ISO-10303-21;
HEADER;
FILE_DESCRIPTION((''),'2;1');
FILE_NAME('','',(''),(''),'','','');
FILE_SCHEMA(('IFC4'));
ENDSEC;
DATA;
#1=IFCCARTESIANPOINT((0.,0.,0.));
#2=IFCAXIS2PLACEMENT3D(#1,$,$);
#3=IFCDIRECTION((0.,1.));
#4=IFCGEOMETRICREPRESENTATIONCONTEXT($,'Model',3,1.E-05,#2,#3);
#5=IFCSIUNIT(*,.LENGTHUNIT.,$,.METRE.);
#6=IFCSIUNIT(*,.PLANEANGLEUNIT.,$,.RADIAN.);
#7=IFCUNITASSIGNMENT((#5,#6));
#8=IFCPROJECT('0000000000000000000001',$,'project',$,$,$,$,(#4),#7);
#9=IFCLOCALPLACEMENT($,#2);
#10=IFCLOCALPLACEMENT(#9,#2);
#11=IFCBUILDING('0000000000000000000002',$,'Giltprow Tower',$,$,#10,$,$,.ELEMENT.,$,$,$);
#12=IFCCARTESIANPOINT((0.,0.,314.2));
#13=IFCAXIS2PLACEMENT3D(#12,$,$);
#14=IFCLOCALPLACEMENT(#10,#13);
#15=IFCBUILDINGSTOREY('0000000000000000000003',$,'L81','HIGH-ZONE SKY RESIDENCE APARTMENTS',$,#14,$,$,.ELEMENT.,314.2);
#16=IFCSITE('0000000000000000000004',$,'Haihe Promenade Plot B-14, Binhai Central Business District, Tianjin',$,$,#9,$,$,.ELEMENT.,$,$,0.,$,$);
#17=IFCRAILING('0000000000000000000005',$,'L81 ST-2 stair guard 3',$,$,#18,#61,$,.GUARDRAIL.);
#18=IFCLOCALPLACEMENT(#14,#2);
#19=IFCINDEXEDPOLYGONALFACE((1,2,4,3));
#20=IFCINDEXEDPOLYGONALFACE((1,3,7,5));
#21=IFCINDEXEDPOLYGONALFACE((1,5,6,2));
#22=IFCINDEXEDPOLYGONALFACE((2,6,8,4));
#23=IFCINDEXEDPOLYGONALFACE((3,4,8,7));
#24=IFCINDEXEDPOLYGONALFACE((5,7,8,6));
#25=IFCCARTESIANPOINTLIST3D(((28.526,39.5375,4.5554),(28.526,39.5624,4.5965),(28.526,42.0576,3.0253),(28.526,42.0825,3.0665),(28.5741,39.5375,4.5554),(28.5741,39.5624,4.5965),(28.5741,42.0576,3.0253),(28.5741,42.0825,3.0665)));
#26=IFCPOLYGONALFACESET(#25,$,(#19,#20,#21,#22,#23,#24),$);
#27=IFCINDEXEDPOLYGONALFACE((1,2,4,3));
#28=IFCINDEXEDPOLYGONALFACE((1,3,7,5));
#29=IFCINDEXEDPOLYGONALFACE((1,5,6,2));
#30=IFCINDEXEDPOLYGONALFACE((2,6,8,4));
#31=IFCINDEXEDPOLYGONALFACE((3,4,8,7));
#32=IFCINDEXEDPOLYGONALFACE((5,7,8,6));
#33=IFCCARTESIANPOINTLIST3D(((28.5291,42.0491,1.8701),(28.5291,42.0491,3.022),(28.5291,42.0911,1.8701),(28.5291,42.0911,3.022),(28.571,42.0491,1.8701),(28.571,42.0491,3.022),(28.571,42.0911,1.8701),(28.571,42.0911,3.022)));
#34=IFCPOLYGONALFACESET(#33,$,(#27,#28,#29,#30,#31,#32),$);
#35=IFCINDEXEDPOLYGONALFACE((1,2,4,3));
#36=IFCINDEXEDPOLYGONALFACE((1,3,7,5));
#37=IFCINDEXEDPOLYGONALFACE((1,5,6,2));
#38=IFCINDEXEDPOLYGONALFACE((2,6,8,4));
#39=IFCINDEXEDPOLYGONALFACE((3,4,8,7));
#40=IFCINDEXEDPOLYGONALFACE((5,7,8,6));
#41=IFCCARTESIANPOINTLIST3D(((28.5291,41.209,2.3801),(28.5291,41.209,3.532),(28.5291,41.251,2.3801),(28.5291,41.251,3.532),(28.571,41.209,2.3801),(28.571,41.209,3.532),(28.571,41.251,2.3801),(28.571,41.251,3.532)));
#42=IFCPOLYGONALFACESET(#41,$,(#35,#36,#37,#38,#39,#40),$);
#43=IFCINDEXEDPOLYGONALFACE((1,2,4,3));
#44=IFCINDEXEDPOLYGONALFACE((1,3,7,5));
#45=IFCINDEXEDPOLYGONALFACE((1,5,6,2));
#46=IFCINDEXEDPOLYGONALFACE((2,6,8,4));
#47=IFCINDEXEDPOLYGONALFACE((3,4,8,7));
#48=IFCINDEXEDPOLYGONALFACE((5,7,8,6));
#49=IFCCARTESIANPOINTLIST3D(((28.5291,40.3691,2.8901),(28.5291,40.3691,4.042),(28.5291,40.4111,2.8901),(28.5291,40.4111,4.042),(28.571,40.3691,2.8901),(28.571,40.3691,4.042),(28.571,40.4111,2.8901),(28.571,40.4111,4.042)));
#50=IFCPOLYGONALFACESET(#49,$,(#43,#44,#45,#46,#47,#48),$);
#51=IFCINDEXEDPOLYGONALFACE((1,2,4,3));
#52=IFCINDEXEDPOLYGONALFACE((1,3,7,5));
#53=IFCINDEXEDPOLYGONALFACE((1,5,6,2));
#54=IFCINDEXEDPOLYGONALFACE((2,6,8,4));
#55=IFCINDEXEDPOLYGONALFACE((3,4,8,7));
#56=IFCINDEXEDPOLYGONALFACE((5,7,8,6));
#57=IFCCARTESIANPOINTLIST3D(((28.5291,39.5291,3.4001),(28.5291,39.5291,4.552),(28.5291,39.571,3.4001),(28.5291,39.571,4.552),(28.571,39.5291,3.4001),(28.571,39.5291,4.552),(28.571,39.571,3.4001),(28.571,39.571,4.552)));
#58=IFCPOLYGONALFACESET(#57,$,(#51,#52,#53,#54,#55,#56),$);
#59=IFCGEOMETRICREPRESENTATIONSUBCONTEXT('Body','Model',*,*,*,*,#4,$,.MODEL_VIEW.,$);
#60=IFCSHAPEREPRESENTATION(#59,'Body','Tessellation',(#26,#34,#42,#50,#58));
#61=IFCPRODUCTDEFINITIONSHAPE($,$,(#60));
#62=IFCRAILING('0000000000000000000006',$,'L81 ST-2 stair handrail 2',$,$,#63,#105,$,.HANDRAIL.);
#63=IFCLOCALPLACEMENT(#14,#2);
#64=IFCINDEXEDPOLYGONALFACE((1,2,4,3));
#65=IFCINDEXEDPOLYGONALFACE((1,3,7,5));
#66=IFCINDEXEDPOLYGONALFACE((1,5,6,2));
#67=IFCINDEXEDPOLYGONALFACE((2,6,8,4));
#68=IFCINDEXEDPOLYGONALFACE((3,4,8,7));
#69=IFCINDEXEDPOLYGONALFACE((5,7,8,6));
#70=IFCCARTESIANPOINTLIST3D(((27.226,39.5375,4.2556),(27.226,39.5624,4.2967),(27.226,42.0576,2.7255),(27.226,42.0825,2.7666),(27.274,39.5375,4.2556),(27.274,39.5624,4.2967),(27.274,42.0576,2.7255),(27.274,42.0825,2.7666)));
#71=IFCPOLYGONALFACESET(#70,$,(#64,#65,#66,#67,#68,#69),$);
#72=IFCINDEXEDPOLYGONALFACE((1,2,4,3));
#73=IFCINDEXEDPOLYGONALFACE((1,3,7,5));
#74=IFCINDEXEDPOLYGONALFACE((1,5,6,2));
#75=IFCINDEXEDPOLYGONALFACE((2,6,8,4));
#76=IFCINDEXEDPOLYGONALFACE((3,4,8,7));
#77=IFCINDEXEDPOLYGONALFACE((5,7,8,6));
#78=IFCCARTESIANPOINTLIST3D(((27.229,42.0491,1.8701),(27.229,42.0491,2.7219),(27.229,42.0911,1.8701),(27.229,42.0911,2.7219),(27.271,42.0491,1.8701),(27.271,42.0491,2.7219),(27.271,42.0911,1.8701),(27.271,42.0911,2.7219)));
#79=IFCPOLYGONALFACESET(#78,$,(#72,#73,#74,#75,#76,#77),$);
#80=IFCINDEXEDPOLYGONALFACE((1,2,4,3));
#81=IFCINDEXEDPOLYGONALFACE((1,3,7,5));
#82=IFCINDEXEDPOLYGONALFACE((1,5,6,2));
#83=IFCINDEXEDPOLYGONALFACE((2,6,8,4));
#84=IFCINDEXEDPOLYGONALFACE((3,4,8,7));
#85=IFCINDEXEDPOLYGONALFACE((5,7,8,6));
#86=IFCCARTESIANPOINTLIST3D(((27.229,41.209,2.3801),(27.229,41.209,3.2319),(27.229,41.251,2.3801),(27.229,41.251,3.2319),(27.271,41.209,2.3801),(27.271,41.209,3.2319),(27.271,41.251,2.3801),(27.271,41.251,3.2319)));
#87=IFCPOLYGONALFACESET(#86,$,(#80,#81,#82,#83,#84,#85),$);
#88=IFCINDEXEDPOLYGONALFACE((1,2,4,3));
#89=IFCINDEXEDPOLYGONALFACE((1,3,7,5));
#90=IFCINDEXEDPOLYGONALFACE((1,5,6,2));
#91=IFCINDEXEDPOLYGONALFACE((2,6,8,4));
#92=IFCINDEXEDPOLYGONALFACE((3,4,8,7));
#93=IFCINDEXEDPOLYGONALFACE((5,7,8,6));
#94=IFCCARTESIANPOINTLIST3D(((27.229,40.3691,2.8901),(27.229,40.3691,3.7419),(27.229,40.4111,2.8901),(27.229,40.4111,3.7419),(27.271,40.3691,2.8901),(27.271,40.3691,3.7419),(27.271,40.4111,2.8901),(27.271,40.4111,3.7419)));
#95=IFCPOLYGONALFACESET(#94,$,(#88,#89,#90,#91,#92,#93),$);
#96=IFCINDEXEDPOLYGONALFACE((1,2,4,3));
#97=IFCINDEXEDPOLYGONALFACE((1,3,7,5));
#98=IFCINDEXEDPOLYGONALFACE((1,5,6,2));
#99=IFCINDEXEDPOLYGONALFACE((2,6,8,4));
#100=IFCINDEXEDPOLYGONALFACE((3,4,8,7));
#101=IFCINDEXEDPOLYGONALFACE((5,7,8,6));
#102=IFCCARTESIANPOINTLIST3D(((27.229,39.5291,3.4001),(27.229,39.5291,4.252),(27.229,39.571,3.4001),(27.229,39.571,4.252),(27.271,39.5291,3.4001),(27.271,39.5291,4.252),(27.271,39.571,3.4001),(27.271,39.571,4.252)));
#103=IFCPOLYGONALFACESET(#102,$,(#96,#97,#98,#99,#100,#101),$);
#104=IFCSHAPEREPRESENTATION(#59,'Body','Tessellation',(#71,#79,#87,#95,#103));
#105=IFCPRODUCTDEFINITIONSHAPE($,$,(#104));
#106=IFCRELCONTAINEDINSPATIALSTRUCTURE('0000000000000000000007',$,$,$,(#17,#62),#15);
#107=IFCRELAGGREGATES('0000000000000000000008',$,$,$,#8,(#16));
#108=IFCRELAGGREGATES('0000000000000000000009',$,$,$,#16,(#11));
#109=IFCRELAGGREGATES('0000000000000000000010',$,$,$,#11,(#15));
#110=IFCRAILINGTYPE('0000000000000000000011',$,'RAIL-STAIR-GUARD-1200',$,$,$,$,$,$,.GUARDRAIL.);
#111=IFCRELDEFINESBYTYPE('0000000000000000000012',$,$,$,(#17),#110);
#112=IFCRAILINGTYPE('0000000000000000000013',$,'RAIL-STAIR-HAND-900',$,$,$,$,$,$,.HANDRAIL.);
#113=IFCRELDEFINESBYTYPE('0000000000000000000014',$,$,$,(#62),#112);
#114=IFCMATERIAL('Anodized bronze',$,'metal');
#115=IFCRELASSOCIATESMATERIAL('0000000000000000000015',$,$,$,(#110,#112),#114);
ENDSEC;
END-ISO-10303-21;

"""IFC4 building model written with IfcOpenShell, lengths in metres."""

from ifc_helpers import new_model, si_unit, direction, frame, origin, origin_2d, place, context, subcontext, project, spatial, rectangle, extrude, material, type_object, element, save


model = new_model("IFC4")

# Units and contexts
model_context = context("Model", 3, precision=1e-05, world=origin(), true_north=direction((0.0, 1.0)))
body_context = subcontext(model_context, "Body", "Model", "MODEL_VIEW")
ifc_project = project(units=[si_unit("LENGTHUNIT", "METRE"), si_unit("PLANEANGLEUNIT", "RADIAN")], contexts=[model_context])

# Site, building, storey
site_placement = place(None, origin())
site = spatial("IfcSite", under=ifc_project, at=site_placement, Name="Haihe Promenade Plot B-14, Binhai Central Business District, Tianjin", CompositionType="ELEMENT", RefElevation=0.0)
building_placement = place(site_placement, origin())
building = spatial("IfcBuilding", under=site, at=building_placement, Name="Giltprow Tower", CompositionType="ELEMENT")
storey_placement = place(building_placement, frame((0.0, 0.0, 314.2)))
storey = spatial("IfcBuildingStorey", under=building, at=storey_placement, Name="L81", Description="HIGH-ZONE SKY RESIDENCE APARTMENTS", CompositionType="ELEMENT", Elevation=314.2)

# Railings
ifc_material_1 = material(Name="Anodized bronze", Category="metal")
railing_type_1 = type_object("IfcRailingType", Name="RAIL-STAIR-GUARD-1200", PredefinedType="GUARDRAIL", material=ifc_material_1)
railing_1_placement = place(storey_placement, frame((28.55, 42.0701, 1.8701)))
element("IfcRailing", 1, at=railing_1_placement, inside=storey, type_object=railing_type_1, Name="L81 ST-2 stair guard 3", PredefinedType="GUARDRAIL", context=body_context, shape_type="SweptSolid", body=[
    extrude(rectangle(XDim=0.0481, YDim=0.0481, at=origin_2d()), frame((0.0, 0.0, 1.1758), z_axis=(0.0, -0.854785, 0.518982), x_axis=(1.0, 0.0, 0.0)), (0.0, 0.0, 1.0), 2.9482),
    extrude(rectangle(XDim=0.042, YDim=0.042, at=origin_2d()), origin(), (0.0, 0.0, 1.0), 1.1519),
    extrude(rectangle(XDim=0.042, YDim=0.042, at=origin_2d()), frame((0.0, -0.8401, 0.51)), (0.0, 0.0, 1.0), 1.1519),
    extrude(rectangle(XDim=0.042, YDim=0.042, at=origin_2d()), frame((0.0, -1.6799, 1.02)), (0.0, 0.0, 1.0), 1.1519),
    extrude(rectangle(XDim=0.042, YDim=0.042, at=origin_2d()), frame((0.0, -2.52, 1.53)), (0.0, 0.0, 1.0), 1.1519),
])
railing_type_2 = type_object("IfcRailingType", Name="RAIL-STAIR-HAND-900", PredefinedType="HANDRAIL", material=ifc_material_1)
railing_2_placement = place(storey_placement, frame((27.25, 42.0701, 1.8701)))
element("IfcRailing", 2, at=railing_2_placement, inside=storey, type_object=railing_type_2, Name="L81 ST-2 stair handrail 2", PredefinedType="HANDRAIL", context=body_context, shape_type="SweptSolid", body=[
    extrude(rectangle(XDim=0.0481, YDim=0.0481, at=origin_2d()), frame((0.0, 0.0, 0.876), z_axis=(0.0, -0.854785, 0.518982), x_axis=(1.0, 0.0, 0.0)), (0.0, 0.0, 1.0), 2.9482),
    extrude(rectangle(XDim=0.042, YDim=0.042, at=origin_2d()), origin(), (0.0, 0.0, 1.0), 0.8518),
    extrude(rectangle(XDim=0.042, YDim=0.042, at=origin_2d()), frame((0.0, -0.8401, 0.51)), (0.0, 0.0, 1.0), 0.8518),
    extrude(rectangle(XDim=0.042, YDim=0.042, at=origin_2d()), frame((0.0, -1.6799, 1.02)), (0.0, 0.0, 1.0), 0.8518),
    extrude(rectangle(XDim=0.042, YDim=0.042, at=origin_2d()), frame((0.0, -2.52, 1.53)), (0.0, 0.0, 1.0), 0.8518),
])

save(model, "model.ifc")
